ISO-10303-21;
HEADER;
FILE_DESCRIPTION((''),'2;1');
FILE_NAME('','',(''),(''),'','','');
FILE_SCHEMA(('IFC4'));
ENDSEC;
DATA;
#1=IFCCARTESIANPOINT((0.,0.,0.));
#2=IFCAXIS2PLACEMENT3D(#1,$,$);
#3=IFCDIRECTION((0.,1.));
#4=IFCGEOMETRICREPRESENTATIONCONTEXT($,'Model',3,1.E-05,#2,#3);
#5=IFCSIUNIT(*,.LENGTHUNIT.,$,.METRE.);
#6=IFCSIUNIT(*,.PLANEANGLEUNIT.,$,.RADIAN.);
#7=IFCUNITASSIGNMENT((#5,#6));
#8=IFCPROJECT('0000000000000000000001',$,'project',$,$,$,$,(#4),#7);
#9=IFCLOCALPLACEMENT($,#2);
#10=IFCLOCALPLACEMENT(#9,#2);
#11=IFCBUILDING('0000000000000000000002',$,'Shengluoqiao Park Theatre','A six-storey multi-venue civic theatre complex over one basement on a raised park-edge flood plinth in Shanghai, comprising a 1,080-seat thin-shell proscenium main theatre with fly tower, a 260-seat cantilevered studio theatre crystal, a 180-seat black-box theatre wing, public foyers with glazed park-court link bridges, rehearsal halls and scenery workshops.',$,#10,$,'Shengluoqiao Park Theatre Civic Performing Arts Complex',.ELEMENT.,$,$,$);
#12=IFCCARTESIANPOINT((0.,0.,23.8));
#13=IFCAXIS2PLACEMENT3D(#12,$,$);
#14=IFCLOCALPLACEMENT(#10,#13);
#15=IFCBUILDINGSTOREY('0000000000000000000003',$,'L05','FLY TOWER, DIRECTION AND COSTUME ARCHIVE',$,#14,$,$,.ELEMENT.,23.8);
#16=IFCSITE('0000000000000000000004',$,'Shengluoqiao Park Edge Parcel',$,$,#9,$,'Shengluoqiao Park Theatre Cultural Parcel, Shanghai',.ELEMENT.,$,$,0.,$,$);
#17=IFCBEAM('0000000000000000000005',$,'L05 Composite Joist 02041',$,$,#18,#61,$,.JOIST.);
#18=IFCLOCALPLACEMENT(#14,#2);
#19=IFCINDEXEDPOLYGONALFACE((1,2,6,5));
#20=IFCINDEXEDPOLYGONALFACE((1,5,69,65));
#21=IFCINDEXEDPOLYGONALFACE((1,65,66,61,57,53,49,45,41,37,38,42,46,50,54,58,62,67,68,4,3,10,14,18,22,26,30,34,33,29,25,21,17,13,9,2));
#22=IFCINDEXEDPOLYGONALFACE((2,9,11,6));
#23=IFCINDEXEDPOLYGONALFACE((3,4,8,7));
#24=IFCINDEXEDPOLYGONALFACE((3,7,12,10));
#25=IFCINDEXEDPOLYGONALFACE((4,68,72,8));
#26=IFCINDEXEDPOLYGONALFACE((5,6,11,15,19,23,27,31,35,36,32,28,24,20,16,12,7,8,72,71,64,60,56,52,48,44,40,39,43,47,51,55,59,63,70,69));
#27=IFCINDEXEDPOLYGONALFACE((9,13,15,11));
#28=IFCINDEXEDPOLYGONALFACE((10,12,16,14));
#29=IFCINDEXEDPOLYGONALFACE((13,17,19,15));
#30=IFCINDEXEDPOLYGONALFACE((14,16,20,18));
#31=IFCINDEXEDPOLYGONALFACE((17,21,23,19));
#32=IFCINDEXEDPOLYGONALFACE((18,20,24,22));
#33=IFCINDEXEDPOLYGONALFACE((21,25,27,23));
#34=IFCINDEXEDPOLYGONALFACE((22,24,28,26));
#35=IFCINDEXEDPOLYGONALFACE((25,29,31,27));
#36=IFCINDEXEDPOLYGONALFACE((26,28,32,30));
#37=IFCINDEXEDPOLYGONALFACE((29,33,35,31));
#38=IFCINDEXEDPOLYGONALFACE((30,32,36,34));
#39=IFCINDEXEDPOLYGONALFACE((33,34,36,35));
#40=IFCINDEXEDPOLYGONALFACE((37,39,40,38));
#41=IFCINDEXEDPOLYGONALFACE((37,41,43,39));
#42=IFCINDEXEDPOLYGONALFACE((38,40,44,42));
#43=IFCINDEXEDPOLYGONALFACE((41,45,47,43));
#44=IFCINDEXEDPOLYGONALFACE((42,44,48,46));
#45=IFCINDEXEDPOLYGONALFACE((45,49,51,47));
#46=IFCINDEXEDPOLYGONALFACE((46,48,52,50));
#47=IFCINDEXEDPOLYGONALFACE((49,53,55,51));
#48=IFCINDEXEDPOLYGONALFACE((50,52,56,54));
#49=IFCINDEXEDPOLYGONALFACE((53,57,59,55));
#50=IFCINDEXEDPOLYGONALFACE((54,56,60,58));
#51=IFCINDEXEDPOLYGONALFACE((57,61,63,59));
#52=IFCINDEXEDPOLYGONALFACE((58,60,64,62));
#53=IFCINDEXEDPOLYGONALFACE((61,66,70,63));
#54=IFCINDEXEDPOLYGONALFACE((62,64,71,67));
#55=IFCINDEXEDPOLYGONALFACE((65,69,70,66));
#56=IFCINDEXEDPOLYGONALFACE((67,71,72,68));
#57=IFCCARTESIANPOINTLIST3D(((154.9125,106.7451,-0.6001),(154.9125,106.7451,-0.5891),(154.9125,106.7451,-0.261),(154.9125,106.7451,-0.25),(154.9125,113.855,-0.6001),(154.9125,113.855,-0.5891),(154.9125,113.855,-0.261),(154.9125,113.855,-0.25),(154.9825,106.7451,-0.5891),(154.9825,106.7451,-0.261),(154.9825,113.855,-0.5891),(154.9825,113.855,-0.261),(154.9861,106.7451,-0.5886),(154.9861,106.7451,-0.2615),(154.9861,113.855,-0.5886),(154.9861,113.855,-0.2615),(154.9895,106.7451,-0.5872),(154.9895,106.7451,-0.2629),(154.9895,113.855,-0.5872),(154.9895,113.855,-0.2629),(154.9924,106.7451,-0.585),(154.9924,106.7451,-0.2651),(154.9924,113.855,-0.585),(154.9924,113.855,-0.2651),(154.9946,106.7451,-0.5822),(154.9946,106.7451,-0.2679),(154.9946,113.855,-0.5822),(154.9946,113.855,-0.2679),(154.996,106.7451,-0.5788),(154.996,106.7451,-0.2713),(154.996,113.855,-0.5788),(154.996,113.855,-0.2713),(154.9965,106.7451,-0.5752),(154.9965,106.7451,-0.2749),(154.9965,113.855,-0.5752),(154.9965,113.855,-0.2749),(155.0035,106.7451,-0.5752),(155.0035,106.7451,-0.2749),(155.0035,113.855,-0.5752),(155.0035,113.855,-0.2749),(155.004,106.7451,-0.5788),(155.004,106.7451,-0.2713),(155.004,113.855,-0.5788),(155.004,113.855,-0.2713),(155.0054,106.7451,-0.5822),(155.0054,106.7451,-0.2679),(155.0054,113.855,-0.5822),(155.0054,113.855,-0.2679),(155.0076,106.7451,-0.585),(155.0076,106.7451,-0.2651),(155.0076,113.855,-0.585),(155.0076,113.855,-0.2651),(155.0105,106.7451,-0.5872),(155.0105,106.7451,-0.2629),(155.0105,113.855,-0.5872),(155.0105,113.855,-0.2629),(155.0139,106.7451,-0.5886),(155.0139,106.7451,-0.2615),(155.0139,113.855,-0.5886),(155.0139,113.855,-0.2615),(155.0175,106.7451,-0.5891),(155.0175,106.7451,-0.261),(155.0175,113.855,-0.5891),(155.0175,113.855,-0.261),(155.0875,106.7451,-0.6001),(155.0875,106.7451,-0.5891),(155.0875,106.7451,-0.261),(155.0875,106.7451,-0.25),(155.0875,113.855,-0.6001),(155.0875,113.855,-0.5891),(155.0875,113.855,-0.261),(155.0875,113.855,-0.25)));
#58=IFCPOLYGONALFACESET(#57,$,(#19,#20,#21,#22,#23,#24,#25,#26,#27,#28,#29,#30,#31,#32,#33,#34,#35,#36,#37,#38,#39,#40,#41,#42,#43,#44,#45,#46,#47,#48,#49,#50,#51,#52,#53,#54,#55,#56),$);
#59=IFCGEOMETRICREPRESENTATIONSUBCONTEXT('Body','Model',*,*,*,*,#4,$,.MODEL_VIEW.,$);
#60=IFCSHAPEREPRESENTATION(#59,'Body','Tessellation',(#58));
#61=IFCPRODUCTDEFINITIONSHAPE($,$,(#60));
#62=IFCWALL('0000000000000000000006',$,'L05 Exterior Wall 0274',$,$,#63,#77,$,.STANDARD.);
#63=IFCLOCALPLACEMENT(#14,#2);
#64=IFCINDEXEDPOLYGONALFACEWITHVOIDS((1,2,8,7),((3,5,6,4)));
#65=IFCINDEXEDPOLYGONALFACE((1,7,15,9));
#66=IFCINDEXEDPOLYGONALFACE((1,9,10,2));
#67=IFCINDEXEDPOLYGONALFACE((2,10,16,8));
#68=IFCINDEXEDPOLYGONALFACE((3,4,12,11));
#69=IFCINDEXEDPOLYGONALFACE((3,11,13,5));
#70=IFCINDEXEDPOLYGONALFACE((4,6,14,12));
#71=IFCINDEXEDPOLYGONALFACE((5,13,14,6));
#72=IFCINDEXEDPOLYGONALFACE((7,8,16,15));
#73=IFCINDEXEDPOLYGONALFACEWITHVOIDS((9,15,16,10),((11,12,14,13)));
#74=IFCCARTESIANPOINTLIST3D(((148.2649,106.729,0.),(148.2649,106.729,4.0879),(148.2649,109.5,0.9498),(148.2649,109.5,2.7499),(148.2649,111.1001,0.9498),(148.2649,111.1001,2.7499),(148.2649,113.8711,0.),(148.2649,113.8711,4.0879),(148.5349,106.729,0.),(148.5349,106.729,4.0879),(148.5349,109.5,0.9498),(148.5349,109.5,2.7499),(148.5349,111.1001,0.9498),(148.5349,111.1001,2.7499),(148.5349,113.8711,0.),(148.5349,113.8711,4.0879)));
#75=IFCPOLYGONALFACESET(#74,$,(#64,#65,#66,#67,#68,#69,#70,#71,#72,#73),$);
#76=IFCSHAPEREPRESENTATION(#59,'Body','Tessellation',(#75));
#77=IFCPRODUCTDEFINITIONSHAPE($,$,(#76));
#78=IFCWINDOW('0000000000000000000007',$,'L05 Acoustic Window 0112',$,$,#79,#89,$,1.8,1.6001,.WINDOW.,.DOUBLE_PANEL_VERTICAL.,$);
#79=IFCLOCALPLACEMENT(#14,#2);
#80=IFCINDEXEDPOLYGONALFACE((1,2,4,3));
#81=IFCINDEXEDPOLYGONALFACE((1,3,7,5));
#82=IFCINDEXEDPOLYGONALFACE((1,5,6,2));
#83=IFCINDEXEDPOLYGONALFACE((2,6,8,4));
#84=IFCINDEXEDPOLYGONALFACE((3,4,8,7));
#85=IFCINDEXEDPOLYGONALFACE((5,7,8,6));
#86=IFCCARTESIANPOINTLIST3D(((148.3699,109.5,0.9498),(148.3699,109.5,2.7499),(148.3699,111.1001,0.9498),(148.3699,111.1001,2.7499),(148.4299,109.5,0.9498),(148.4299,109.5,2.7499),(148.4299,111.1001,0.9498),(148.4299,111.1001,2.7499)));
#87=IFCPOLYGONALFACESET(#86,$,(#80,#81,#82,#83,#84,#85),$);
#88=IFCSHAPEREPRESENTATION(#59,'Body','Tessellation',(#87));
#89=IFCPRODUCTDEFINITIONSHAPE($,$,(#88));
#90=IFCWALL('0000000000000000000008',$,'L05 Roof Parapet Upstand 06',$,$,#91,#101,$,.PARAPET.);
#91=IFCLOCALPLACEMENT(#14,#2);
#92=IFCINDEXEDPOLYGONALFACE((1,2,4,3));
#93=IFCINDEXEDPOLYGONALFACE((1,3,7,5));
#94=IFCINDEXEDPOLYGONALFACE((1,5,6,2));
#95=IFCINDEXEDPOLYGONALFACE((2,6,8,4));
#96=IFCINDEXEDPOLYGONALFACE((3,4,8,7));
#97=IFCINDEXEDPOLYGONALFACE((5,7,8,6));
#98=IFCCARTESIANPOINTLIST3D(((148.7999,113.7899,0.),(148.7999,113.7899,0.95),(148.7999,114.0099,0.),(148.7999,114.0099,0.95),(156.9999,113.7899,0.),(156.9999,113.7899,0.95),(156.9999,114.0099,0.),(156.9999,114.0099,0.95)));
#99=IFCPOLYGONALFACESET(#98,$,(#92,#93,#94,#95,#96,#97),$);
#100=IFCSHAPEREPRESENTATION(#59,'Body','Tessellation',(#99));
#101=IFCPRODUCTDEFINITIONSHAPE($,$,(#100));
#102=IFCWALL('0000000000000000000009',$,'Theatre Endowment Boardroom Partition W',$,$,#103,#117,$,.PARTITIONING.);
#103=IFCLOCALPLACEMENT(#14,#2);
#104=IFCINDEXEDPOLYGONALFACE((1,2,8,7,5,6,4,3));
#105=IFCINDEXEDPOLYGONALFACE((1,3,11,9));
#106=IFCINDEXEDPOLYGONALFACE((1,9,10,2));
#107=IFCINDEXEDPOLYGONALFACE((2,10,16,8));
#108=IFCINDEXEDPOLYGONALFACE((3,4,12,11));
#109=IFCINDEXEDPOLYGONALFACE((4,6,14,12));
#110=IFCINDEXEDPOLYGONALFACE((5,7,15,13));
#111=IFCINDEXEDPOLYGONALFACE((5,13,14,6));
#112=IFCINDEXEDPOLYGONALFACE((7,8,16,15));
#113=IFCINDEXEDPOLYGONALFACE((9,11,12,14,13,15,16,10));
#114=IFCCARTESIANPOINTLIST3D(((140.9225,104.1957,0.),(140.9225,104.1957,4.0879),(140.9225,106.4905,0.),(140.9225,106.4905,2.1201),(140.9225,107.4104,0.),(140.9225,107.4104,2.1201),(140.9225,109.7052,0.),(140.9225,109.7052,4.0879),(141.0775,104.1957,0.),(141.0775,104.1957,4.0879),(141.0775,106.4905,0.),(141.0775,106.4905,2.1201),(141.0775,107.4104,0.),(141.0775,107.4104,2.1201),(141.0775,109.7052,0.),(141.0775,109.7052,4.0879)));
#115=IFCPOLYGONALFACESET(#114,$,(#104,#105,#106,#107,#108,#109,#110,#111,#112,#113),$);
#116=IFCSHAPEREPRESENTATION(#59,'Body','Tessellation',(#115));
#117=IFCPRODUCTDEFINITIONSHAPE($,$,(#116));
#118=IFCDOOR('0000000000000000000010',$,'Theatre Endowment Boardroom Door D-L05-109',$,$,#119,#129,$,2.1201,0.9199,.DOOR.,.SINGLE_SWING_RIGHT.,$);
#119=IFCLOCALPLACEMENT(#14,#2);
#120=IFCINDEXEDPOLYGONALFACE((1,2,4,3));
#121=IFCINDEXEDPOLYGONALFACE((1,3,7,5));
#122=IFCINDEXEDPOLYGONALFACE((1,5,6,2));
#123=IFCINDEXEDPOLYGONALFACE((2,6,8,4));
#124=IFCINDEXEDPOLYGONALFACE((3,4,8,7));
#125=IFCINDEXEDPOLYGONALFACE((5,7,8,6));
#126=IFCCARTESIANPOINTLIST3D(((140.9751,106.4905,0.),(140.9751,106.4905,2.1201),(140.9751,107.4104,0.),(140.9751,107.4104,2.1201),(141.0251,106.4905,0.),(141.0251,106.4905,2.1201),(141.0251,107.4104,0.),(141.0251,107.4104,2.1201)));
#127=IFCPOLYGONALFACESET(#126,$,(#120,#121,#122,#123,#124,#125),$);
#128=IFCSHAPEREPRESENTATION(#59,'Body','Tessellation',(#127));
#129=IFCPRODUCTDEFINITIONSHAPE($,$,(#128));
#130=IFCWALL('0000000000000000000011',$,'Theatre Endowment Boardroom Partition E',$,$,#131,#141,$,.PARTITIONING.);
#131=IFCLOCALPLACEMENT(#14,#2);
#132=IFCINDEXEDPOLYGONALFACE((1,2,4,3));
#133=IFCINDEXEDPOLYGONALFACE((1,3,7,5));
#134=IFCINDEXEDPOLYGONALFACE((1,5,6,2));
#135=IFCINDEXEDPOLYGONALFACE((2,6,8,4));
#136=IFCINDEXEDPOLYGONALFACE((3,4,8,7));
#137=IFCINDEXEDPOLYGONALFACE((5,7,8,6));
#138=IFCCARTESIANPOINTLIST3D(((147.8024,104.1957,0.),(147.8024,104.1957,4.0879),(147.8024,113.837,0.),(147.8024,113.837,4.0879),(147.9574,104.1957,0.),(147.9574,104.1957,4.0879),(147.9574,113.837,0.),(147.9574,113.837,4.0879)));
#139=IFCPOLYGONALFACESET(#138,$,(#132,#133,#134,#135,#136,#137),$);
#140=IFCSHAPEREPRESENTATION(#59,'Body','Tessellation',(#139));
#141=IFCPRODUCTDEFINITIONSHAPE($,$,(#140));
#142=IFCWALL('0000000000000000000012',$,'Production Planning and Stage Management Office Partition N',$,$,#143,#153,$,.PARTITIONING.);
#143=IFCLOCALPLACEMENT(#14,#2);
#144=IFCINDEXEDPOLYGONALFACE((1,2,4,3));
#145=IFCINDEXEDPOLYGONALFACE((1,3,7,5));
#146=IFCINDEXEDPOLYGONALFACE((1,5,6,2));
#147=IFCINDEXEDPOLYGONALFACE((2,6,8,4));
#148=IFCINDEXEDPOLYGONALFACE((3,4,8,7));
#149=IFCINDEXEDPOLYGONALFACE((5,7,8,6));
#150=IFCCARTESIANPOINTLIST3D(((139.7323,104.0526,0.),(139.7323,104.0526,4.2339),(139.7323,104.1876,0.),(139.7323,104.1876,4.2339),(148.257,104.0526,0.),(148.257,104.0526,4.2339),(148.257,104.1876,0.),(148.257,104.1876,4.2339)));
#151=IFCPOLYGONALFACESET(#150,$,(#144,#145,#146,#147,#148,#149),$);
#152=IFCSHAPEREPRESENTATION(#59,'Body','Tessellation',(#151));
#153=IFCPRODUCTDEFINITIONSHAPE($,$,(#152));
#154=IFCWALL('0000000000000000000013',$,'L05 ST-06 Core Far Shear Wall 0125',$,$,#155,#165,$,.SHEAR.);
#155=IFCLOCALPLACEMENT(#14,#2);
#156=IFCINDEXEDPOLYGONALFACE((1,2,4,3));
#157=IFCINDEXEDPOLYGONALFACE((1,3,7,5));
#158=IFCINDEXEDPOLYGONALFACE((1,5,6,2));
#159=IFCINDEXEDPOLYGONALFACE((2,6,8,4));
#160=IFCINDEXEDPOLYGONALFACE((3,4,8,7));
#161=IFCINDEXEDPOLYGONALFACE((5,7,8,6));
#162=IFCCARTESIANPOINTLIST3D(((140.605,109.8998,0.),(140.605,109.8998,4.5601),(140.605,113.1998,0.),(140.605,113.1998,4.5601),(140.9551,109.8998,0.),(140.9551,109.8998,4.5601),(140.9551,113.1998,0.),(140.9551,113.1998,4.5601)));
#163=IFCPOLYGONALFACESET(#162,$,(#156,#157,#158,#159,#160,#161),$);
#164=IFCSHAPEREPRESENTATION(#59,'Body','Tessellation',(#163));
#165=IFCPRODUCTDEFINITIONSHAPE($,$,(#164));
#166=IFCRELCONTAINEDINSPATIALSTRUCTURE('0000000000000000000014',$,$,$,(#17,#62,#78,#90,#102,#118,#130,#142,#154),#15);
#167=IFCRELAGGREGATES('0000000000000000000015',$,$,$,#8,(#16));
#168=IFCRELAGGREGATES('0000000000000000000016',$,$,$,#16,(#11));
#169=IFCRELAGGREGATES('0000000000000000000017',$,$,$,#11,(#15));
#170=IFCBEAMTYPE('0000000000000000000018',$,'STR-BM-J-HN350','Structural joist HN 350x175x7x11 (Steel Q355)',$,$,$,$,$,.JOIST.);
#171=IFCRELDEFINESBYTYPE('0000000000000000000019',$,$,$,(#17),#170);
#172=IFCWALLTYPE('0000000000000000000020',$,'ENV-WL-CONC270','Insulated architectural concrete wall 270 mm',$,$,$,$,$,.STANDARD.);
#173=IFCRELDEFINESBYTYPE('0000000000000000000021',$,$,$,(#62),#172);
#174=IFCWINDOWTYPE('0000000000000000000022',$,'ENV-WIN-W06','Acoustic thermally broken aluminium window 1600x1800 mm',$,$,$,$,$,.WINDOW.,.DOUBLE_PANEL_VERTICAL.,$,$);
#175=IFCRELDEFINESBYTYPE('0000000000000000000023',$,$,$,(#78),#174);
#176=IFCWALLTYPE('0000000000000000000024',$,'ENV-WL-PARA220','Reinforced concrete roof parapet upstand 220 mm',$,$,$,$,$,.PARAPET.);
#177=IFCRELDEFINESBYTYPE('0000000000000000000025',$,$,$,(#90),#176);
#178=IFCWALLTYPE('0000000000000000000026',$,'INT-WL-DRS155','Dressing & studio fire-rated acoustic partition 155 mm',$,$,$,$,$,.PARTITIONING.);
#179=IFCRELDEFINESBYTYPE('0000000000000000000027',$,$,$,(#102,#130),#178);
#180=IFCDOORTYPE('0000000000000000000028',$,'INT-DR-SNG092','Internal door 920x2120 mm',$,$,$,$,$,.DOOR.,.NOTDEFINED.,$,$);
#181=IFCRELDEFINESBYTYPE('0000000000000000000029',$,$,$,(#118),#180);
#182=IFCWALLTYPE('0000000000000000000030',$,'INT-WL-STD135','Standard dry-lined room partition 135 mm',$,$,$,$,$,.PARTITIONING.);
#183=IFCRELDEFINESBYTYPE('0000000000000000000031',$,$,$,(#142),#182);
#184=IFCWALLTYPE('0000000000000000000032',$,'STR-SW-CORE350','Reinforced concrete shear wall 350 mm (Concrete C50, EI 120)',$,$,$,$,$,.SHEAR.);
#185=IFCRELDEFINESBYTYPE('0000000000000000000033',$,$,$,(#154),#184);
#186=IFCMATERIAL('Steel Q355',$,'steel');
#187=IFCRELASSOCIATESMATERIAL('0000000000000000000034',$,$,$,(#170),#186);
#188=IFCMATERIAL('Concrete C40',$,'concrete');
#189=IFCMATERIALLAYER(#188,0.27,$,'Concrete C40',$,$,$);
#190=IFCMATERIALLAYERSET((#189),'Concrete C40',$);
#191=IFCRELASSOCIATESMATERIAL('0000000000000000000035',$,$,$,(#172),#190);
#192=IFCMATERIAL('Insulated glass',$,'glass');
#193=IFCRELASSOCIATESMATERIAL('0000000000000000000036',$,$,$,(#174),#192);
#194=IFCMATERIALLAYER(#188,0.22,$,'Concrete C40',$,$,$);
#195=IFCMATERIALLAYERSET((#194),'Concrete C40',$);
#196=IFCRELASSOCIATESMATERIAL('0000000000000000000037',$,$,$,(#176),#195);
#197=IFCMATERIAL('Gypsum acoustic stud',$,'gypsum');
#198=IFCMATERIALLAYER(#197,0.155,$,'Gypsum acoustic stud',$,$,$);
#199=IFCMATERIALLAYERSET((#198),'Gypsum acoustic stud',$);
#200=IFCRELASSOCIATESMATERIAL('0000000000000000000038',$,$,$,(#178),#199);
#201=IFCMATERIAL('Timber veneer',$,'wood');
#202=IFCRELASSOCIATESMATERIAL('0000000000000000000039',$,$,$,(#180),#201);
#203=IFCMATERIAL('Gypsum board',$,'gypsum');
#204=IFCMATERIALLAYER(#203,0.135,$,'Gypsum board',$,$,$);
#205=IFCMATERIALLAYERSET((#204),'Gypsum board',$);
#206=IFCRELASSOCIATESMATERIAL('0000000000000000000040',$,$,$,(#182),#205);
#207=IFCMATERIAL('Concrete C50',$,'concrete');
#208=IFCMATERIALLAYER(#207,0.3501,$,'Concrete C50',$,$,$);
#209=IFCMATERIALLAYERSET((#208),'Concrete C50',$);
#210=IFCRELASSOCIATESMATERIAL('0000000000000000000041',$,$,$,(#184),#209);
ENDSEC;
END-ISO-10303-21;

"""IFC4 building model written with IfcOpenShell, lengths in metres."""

from ifc_helpers import new_model, si_unit, direction, frame, frame_2d, origin, origin_2d, place, context, subcontext, project, spatial, rectangle, i_section, extrude, material, layer, layer_set, material_profile, profile_set, type_object, element, fill, save


model = new_model("IFC4")

# Units and contexts
model_context = context("Model", 3, precision=1e-05, world=origin(), true_north=direction((0.0, 1.0)))
body_context = subcontext(model_context, "Body", "Model", "MODEL_VIEW")
ifc_project = project(units=[si_unit("LENGTHUNIT", "METRE"), si_unit("PLANEANGLEUNIT", "RADIAN")], contexts=[model_context])

# Site, building, storey
site_placement = place(None, origin())
site = spatial("IfcSite", under=ifc_project, at=site_placement, Name="Shengluoqiao Park Edge Parcel", LongName="Shengluoqiao Park Theatre Cultural Parcel, Shanghai", CompositionType="ELEMENT", RefElevation=0.0)
building_placement = place(site_placement, origin())
building = spatial("IfcBuilding", under=site, at=building_placement, Name="Shengluoqiao Park Theatre", Description="A six-storey multi-venue civic theatre complex over one basement on a raised park-edge flood plinth in Shanghai, comprising a 1,080-seat thin-shell proscenium main theatre with fly tower, a 260-seat cantilevered studio theatre crystal, a 180-seat black-box theatre wing, public foyers with glazed park-court link bridges, rehearsal halls and scenery workshops.", LongName="Shengluoqiao Park Theatre Civic Performing Arts Complex", CompositionType="ELEMENT")
storey_placement = place(building_placement, frame((0.0, 0.0, 23.8)))
storey = spatial("IfcBuildingStorey", under=building, at=storey_placement, Name="L05", Description="FLY TOWER, DIRECTION AND COSTUME ARCHIVE", CompositionType="ELEMENT", Elevation=23.8)

# Shared definitions
ifc_material_1 = material(Name="Steel Q355", Category="steel")

# Beam
ifc_material_profile_1 = material_profile(ifc_material_1, i_section(OverallWidth=0.175, OverallDepth=0.3501, WebThickness=0.0071, FlangeThickness=0.011, FilletRadius=0.0139, at=origin_2d()), Name="HN 350x175x7x11")
ifc_profile_set_1 = profile_set([ifc_material_profile_1], Name="Steel Q355")
beam_type_1 = type_object("IfcBeamType", Name="STR-BM-J-HN350", Description="Structural joist HN 350x175x7x11 (Steel Q355)", PredefinedType="JOIST", material=ifc_profile_set_1)
for number, where, z_axis, x_axis, name in (
    (1, (155.0, 106.7451, -0.425), (0.0, 1.0, 0.0), (-1.0, 0.0, 0.0), "L05 Composite Joist 02041"),
):
    element("IfcBeam", number, at=place(storey_placement, frame(where, z_axis=z_axis, x_axis=x_axis)), inside=storey, type_object=beam_type_1, Name=name, PredefinedType="JOIST", context=body_context, shape_type="SweptSolid", body=[
        extrude(i_section(OverallWidth=0.175, OverallDepth=0.3501, WebThickness=0.0071, FlangeThickness=0.011, FilletRadius=0.0139, at=origin_2d()), origin(), (0.0, 0.0, 1.0), 7.1099),
    ])

# Wall, opening, window
ifc_material_2 = material(Name="Concrete C40", Category="concrete")
ifc_layer_1 = layer(ifc_material_2, 0.27, Name="Concrete C40")
ifc_layer_set_1 = layer_set([ifc_layer_1], Name="Concrete C40")
wall_type_1 = type_object("IfcWallType", Name="ENV-WL-CONC270", Description="Insulated architectural concrete wall 270 mm", PredefinedType="STANDARD", material=ifc_layer_set_1)
wall_1_placement = place(storey_placement, frame((148.3999, 106.729, 0.0), z_axis=(0.0, 0.0, 1.0), x_axis=(0.0, 1.0, 0.0)))
wall_1 = element("IfcWall", 2, at=wall_1_placement, inside=storey, type_object=wall_type_1, Name="L05 Exterior Wall 0274", PredefinedType="STANDARD", context=body_context, shape_type="SweptSolid", body=[
    extrude(rectangle(XDim=7.1421, YDim=0.27, at=frame_2d((3.571, 0.0))), origin(), (0.0, 0.0, 1.0), 4.0879),
])
opening_1_placement = place(wall_1_placement, frame((2.771, 0.0, 0.95)))
opening_1 = element("IfcOpeningElement", 3, at=opening_1_placement, cuts=wall_1, PredefinedType="OPENING", context=body_context, shape_type="SweptSolid", body=[
    extrude(rectangle(XDim=1.6001, YDim=1.8, at=frame_2d((0.8, 0.8999))), frame((0.0, 0.145, 0.0), z_axis=(0.0, -1.0, 0.0), x_axis=(1.0, 0.0, 0.0)), (0.0, 0.0, 1.0), 0.29),
])
ifc_material_3 = material(Name="Insulated glass", Category="glass")
window_type = type_object("IfcWindowType", Name="ENV-WIN-W06", Description="Acoustic thermally broken aluminium window 1600x1800 mm", PartitioningType="DOUBLE_PANEL_VERTICAL", PredefinedType="WINDOW", material=ifc_material_3)
window_placement = place(opening_1_placement, origin())
window = element("IfcWindow", 4, at=window_placement, inside=storey, type_object=window_type, Name="L05 Acoustic Window 0112", OverallHeight=1.8, OverallWidth=1.6001, PartitioningType="DOUBLE_PANEL_VERTICAL", PredefinedType="WINDOW", context=body_context, shape_type="SweptSolid", body=[
    extrude(rectangle(XDim=1.6001, YDim=1.8, at=frame_2d((0.8, 0.8999))), frame((0.0, 0.03, 0.0), z_axis=(0.0, -1.0, 0.0), x_axis=(1.0, 0.0, 0.0)), (0.0, 0.0, 1.0), 0.0601),
])
fill(opening_1, window)

# Wall
ifc_layer_2 = layer(ifc_material_2, 0.22, Name="Concrete C40")
ifc_layer_set_2 = layer_set([ifc_layer_2], Name="Concrete C40")
wall_type_2 = type_object("IfcWallType", Name="ENV-WL-PARA220", Description="Reinforced concrete roof parapet upstand 220 mm", PredefinedType="PARAPET", material=ifc_layer_set_2)
wall_2_placement = place(storey_placement, frame((157.0, 113.8999, 0.0), z_axis=(0.0, 0.0, 1.0), x_axis=(-1.0, 0.0, 0.0)))
element("IfcWall", 5, at=wall_2_placement, inside=storey, type_object=wall_type_2, Name="L05 Roof Parapet Upstand 06", PredefinedType="PARAPET", context=body_context, shape_type="SweptSolid", body=[
    extrude(rectangle(XDim=8.2, YDim=0.22, at=frame_2d((4.1001, 0.0))), origin(), (0.0, 0.0, 1.0), 0.95),
])

# Wall, opening, door
ifc_material_4 = material(Name="Gypsum acoustic stud", Category="gypsum")
ifc_layer_3 = layer(ifc_material_4, 0.155, Name="Gypsum acoustic stud")
ifc_layer_set_3 = layer_set([ifc_layer_3], Name="Gypsum acoustic stud")
wall_type_3 = type_object("IfcWallType", Name="INT-WL-DRS155", Description="Dressing & studio fire-rated acoustic partition 155 mm", PredefinedType="PARTITIONING", material=ifc_layer_set_3)
wall_3_placement = place(storey_placement, frame((141.0, 104.1956, 0.0), z_axis=(0.0, 0.0, 1.0), x_axis=(0.0, 1.0, 0.0)))
wall_3 = element("IfcWall", 6, at=wall_3_placement, inside=storey, type_object=wall_type_3, Name="Theatre Endowment Boardroom Partition W", PredefinedType="PARTITIONING", context=body_context, shape_type="SweptSolid", body=[
    extrude(rectangle(XDim=5.5095, YDim=0.155, at=frame_2d((2.7549, 0.0))), origin(), (0.0, 0.0, 1.0), 4.0879),
])
opening_2_placement = place(wall_3_placement, frame((2.2949, 0.0, 0.0)))
opening_2 = element("IfcOpeningElement", 7, at=opening_2_placement, cuts=wall_3, PredefinedType="OPENING", context=body_context, shape_type="SweptSolid", body=[
    extrude(rectangle(XDim=0.9199, YDim=2.1201, at=frame_2d((0.46, 1.0601))), frame((0.0, 0.0874, 0.0), z_axis=(0.0, -1.0, 0.0), x_axis=(1.0, 0.0, 0.0)), (0.0, 0.0, 1.0), 0.175),
])
ifc_material_5 = material(Name="Timber veneer", Category="wood")
door_type = type_object("IfcDoorType", Name="INT-DR-SNG092", Description="Internal door 920x2120 mm", OperationType="NOTDEFINED", PredefinedType="DOOR", material=ifc_material_5)
door_placement = place(opening_2_placement, origin())
door = element("IfcDoor", 8, at=door_placement, inside=storey, type_object=door_type, Name="Theatre Endowment Boardroom Door D-L05-109", OperationType="SINGLE_SWING_RIGHT", OverallHeight=2.1201, OverallWidth=0.9199, PredefinedType="DOOR", context=body_context, shape_type="SweptSolid", body=[
    extrude(rectangle(XDim=0.9199, YDim=2.1201, at=frame_2d((0.46, 1.0601))), frame((0.0, 0.0249, 0.0), z_axis=(0.0, -1.0, 0.0), x_axis=(1.0, 0.0, 0.0)), (0.0, 0.0, 1.0), 0.05),
])
fill(opening_2, door)

# Walls
wall_4_placement = place(storey_placement, frame((147.8799, 104.1956, 0.0), z_axis=(0.0, 0.0, 1.0), x_axis=(0.0, 1.0, 0.0)))
element("IfcWall", 9, at=wall_4_placement, inside=storey, type_object=wall_type_3, Name="Theatre Endowment Boardroom Partition E", PredefinedType="PARTITIONING", context=body_context, shape_type="SweptSolid", body=[
    extrude(rectangle(XDim=9.6414, YDim=0.155, at=frame_2d((4.8208, 0.0))), origin(), (0.0, 0.0, 1.0), 4.0879),
])
ifc_material_6 = material(Name="Gypsum board", Category="gypsum")
ifc_layer_4 = layer(ifc_material_6, 0.135, Name="Gypsum board")
ifc_layer_set_4 = layer_set([ifc_layer_4], Name="Gypsum board")
wall_type_4 = type_object("IfcWallType", Name="INT-WL-STD135", Description="Standard dry-lined room partition 135 mm", PredefinedType="PARTITIONING", material=ifc_layer_set_4)
wall_5_placement = place(storey_placement, frame((139.7324, 104.1201, 0.0), z_axis=(0.0, 0.0, 1.0), x_axis=(1.0, 0.0, 0.0)))
element("IfcWall", 10, at=wall_5_placement, inside=storey, type_object=wall_type_4, Name="Production Planning and Stage Management Office Partition N", PredefinedType="PARTITIONING", context=body_context, shape_type="SweptSolid", body=[
    extrude(rectangle(XDim=8.5247, YDim=0.135, at=frame_2d((4.2622, 0.0))), origin(), (0.0, 0.0, 1.0), 4.2339),
])
ifc_material_7 = material(Name="Concrete C50", Category="concrete")
ifc_layer_5 = layer(ifc_material_7, 0.3501, Name="Concrete C50")
ifc_layer_set_5 = layer_set([ifc_layer_5], Name="Concrete C50")
wall_type_5 = type_object("IfcWallType", Name="STR-SW-CORE350", Description="Reinforced concrete shear wall 350 mm (Concrete C50, EI 120)", PredefinedType="SHEAR", material=ifc_layer_set_5)
wall_6_placement = place(storey_placement, frame((140.78, 109.8999, 0.0), z_axis=(0.0, 0.0, 1.0), x_axis=(0.0, 1.0, 0.0)))
element("IfcWall", 11, at=wall_6_placement, inside=storey, type_object=wall_type_5, Name="L05 ST-06 Core Far Shear Wall 0125", PredefinedType="SHEAR", context=body_context, shape_type="SweptSolid", body=[
    extrude(rectangle(XDim=3.3, YDim=0.3501, at=frame_2d((1.6499, 0.0))), origin(), (0.0, 0.0, 1.0), 4.5601),
])

save(model, "model.ifc")
